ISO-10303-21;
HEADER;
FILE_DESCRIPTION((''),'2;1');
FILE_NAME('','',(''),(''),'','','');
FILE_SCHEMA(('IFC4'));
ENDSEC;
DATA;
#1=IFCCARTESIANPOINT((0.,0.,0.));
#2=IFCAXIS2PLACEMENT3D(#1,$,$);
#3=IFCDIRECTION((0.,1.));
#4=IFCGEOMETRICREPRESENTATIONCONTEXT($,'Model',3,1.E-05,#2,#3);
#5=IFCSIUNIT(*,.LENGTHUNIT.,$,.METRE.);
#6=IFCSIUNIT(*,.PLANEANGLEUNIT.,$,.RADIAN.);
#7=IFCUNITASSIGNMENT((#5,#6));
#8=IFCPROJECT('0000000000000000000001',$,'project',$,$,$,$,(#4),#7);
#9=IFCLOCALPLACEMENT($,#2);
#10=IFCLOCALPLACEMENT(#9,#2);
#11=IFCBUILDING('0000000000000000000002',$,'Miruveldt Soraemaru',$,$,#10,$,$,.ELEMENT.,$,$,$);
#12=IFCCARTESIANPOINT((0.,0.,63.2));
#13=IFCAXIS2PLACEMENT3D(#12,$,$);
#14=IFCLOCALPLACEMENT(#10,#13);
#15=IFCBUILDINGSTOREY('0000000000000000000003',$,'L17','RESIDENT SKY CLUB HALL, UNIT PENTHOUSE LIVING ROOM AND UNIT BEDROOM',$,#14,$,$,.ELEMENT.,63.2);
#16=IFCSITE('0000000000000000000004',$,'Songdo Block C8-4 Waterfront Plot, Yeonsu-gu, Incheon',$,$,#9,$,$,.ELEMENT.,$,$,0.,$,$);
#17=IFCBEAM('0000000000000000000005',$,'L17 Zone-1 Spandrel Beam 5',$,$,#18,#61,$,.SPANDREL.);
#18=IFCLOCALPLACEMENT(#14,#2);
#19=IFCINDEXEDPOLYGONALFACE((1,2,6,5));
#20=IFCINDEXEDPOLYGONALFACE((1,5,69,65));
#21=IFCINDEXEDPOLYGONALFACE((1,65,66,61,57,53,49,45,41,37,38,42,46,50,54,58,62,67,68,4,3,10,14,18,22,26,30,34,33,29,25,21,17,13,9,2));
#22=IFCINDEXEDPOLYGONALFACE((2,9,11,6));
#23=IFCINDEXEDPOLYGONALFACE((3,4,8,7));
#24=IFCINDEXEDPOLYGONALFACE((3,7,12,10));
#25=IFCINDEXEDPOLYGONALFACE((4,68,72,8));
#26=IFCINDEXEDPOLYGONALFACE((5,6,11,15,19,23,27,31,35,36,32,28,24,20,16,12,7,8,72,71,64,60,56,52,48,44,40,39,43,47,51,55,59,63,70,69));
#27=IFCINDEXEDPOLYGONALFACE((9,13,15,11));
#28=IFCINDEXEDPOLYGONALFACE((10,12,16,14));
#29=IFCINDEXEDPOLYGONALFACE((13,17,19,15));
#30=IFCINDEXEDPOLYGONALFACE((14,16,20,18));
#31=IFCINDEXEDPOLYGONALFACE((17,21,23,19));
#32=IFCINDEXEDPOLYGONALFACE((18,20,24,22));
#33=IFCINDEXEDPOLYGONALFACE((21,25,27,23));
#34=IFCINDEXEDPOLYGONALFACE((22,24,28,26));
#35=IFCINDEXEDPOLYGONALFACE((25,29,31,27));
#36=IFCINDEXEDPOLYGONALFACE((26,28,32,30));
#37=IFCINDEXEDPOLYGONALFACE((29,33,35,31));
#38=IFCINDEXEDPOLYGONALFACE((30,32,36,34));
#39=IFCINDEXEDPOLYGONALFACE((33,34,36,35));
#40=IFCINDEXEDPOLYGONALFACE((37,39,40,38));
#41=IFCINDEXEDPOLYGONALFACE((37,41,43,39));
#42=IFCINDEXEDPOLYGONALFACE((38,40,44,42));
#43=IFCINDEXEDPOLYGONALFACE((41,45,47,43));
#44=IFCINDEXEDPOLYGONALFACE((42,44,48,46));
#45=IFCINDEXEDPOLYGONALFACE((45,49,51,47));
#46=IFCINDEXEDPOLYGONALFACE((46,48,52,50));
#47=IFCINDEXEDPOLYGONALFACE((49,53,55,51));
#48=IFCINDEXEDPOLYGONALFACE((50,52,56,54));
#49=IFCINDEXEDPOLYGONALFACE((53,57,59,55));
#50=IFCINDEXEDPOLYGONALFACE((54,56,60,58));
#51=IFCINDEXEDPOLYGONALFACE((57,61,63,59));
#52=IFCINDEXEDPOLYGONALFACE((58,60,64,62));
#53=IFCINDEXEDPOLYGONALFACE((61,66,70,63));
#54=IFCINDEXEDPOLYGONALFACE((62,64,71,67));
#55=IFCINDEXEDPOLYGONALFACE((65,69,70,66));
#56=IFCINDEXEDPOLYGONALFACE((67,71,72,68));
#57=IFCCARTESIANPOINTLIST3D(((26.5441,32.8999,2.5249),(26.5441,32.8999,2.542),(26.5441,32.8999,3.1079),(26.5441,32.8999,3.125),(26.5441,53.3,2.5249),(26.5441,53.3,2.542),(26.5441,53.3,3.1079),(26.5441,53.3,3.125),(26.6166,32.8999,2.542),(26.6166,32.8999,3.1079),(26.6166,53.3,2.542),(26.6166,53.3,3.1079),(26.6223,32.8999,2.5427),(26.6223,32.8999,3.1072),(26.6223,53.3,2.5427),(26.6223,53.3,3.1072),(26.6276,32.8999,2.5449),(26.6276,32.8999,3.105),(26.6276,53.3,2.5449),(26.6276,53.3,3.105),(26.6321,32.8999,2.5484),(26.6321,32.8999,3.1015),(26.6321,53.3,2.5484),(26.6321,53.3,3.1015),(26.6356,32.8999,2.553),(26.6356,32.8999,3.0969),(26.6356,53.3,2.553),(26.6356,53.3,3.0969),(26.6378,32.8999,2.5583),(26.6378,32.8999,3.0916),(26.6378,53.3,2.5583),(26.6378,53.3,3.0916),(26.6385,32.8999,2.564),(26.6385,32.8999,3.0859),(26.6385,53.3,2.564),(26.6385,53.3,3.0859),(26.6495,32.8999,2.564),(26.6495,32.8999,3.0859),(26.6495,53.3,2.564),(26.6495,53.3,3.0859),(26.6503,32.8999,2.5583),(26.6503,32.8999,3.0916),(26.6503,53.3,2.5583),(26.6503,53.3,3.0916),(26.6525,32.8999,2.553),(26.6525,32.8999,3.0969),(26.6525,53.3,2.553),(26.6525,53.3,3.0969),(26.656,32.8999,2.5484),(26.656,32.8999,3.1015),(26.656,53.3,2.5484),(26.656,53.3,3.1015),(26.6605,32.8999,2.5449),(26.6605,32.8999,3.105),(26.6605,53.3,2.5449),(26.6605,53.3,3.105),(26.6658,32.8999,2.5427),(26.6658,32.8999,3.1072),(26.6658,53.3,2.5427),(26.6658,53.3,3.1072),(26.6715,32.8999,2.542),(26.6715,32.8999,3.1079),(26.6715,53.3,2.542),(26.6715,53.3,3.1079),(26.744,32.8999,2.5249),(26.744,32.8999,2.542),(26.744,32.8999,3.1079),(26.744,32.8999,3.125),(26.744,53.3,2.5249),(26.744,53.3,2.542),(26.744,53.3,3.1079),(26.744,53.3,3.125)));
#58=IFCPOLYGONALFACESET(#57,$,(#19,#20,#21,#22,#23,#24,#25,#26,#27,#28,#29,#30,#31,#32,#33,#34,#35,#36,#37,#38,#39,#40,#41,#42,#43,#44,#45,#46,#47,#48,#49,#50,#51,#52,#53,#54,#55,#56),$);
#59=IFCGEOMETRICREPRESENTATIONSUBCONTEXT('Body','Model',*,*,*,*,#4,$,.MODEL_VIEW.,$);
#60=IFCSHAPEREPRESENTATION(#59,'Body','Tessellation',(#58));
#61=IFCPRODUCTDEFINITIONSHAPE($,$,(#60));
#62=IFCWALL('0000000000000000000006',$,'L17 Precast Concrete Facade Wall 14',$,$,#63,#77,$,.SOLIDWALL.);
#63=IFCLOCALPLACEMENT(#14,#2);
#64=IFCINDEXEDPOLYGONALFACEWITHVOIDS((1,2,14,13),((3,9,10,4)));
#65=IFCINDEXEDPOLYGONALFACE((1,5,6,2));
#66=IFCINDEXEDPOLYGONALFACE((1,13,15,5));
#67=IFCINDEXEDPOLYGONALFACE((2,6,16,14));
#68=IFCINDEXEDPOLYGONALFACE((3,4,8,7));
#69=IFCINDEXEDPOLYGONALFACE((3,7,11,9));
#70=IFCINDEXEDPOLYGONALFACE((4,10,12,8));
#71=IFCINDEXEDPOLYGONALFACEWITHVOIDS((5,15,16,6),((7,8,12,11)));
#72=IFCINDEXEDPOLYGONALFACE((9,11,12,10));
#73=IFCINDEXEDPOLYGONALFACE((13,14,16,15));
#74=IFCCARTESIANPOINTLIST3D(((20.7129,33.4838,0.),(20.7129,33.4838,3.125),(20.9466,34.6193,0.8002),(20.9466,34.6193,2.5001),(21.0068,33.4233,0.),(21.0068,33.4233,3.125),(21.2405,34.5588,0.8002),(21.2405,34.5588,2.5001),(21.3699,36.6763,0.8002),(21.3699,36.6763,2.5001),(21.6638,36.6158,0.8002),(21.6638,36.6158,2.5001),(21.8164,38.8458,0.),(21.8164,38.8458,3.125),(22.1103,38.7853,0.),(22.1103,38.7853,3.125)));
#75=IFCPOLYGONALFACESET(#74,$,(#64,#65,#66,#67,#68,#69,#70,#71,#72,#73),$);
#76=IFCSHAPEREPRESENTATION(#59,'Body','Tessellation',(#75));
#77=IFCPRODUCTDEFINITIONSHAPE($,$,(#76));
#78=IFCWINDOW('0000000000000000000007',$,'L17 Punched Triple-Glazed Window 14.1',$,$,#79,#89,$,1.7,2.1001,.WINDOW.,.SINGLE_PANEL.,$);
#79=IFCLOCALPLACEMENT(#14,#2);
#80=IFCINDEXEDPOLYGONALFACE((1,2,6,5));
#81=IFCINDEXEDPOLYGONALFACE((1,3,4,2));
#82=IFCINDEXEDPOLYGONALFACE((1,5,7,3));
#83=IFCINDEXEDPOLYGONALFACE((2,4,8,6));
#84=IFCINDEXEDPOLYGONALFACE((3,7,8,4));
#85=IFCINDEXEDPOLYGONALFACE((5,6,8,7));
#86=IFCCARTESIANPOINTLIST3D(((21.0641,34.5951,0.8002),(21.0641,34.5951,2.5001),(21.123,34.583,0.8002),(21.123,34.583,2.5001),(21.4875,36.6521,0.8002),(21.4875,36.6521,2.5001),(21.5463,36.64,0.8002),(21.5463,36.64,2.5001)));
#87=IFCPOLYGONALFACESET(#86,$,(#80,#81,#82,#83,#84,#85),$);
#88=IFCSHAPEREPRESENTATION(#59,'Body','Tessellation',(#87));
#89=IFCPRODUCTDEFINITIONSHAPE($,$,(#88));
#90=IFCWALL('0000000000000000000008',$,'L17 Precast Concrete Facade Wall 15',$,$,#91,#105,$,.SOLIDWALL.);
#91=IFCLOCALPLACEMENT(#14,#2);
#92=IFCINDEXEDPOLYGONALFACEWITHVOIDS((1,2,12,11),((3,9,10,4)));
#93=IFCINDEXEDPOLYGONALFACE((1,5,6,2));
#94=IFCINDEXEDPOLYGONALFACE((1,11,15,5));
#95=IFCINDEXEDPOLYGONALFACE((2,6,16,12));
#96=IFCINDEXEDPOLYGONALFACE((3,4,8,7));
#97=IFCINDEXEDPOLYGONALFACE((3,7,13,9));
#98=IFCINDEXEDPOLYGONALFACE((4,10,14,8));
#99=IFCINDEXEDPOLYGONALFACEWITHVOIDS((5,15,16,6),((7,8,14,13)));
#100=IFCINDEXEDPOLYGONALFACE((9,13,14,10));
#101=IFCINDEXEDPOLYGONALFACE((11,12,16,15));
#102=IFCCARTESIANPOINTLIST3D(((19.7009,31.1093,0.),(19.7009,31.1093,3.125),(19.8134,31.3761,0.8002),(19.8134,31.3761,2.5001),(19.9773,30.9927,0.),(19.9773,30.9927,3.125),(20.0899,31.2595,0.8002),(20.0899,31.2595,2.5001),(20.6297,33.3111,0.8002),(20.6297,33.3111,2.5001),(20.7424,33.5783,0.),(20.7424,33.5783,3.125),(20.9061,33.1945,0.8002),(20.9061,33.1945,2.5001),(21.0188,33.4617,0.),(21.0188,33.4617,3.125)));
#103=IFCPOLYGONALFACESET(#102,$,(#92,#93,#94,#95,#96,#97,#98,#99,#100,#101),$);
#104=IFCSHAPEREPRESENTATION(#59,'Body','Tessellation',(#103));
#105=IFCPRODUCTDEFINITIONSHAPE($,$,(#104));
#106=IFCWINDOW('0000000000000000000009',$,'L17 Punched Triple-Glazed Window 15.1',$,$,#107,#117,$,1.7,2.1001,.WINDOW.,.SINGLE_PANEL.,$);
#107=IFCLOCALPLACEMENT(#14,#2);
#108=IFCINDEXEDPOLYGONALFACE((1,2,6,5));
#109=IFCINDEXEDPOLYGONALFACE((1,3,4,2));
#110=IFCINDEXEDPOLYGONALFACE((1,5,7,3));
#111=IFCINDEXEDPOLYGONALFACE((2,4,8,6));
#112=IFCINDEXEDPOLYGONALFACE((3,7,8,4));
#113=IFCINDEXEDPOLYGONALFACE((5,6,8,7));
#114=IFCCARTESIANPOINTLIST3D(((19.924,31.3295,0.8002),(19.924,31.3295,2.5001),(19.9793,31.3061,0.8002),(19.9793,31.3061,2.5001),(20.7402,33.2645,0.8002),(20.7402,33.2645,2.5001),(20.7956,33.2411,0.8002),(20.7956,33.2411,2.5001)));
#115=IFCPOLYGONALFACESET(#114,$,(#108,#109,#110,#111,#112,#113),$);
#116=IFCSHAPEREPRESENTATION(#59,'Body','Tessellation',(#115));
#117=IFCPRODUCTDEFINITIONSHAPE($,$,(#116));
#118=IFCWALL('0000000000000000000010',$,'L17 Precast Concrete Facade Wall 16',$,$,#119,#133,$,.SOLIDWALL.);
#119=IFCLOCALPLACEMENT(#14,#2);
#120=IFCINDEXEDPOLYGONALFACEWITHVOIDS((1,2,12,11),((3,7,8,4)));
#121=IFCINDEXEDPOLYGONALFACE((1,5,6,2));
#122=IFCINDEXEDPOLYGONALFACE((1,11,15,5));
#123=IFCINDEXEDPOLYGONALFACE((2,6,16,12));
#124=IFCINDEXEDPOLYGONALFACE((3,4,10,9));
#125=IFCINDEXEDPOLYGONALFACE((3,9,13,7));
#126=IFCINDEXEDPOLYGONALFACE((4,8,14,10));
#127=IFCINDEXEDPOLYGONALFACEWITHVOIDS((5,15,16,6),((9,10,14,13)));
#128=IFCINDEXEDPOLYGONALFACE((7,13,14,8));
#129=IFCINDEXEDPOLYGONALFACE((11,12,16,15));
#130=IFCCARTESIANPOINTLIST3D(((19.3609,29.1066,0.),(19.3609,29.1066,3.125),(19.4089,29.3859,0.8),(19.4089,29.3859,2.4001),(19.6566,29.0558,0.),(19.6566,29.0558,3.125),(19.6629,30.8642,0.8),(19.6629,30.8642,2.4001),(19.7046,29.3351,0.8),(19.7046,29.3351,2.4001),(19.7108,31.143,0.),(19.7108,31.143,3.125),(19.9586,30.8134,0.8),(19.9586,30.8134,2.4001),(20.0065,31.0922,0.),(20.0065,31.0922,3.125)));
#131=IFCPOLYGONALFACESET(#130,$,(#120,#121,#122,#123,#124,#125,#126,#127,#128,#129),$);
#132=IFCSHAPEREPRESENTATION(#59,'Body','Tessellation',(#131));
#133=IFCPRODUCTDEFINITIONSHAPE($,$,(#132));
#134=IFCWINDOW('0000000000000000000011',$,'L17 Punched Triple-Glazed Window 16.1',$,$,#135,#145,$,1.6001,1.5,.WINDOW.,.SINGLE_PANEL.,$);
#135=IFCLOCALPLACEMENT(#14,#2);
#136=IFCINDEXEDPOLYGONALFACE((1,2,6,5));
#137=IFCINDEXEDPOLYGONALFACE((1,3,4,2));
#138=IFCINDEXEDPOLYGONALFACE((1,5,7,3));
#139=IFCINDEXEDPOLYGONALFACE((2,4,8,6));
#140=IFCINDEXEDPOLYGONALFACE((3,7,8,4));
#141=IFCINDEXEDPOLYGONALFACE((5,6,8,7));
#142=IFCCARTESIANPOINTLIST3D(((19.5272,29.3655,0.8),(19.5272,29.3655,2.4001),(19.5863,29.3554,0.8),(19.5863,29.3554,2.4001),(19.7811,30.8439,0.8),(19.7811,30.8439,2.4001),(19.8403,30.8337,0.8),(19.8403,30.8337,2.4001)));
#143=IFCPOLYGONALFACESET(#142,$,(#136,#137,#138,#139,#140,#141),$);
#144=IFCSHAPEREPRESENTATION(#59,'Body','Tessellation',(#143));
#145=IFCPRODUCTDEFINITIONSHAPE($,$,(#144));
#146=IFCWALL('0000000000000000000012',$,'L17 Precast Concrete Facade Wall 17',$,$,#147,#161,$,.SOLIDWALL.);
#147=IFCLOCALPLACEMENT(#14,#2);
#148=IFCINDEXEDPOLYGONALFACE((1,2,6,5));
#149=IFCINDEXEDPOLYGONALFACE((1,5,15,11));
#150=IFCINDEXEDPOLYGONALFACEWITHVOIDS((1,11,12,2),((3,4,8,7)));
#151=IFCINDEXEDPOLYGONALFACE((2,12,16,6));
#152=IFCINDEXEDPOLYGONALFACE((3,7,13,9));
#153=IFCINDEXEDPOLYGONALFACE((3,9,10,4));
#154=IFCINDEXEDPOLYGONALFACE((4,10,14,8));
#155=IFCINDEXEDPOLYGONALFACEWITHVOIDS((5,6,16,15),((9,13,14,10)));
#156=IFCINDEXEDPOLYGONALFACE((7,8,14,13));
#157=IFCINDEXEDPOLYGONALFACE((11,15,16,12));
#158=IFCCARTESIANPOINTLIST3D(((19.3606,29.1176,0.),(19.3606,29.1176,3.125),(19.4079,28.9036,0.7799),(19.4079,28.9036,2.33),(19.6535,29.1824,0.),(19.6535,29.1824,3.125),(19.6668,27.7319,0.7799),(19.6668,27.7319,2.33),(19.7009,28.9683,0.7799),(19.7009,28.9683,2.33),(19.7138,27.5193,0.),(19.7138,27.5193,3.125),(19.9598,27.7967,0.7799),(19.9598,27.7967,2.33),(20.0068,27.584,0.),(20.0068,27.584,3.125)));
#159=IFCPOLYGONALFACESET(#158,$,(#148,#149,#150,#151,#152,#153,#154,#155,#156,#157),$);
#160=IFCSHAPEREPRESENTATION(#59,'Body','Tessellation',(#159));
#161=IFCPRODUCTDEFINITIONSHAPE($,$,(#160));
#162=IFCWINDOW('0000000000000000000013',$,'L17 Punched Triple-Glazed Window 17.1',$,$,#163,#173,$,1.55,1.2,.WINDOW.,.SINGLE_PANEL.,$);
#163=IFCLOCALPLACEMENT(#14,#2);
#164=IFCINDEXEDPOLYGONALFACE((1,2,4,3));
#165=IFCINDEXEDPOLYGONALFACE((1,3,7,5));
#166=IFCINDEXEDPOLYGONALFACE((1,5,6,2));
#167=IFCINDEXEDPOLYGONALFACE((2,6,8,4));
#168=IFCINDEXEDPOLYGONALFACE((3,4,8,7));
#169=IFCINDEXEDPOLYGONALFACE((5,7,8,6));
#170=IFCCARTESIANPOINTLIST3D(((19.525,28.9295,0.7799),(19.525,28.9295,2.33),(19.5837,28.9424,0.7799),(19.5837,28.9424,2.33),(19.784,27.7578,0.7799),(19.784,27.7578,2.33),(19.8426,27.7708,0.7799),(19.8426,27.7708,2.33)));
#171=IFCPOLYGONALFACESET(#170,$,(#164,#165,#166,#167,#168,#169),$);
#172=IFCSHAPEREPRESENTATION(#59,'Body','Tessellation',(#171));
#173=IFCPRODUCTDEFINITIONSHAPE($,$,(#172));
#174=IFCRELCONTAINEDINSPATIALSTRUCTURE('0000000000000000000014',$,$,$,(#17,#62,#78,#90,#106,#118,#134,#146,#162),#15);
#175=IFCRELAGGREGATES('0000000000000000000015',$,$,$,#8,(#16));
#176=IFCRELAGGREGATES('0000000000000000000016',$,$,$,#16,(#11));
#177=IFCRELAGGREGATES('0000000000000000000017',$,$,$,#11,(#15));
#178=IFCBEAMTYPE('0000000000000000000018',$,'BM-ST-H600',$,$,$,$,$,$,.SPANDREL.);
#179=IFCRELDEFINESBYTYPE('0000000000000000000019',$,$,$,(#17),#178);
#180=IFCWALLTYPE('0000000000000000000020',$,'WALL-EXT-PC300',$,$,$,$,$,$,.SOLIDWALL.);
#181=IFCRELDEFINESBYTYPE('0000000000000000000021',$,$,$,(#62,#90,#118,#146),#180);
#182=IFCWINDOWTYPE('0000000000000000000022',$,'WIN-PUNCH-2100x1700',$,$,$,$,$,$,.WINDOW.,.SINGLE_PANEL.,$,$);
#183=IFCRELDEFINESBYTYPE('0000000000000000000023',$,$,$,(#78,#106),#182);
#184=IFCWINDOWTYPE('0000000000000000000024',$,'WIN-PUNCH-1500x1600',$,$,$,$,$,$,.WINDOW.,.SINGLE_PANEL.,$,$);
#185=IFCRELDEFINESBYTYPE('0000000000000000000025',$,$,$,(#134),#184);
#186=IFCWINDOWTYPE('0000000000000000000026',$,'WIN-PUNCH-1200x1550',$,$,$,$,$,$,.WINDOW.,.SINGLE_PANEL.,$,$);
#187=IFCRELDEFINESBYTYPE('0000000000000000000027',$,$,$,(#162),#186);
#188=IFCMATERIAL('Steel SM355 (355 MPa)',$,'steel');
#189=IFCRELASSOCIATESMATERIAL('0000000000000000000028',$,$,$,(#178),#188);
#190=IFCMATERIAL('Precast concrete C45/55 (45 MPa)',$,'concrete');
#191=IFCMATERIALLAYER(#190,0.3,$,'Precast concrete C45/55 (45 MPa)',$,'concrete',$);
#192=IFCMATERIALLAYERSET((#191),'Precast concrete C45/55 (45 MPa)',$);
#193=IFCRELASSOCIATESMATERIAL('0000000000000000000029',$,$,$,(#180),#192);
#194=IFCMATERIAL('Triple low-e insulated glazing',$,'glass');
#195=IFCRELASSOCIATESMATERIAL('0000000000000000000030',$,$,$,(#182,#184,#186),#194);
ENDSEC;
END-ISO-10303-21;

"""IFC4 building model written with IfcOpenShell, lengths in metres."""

from ifc_helpers import new_model, si_unit, direction, frame, frame_2d, origin, origin_2d, place, context, subcontext, project, spatial, rectangle, i_section, extrude, material, layer, layer_set, material_profile, profile_set, type_object, element, fill, save


model = new_model("IFC4")

# Units and contexts
model_context = context("Model", 3, precision=1e-05, world=origin(), true_north=direction((0.0, 1.0)))
body_context = subcontext(model_context, "Body", "Model", "MODEL_VIEW")
ifc_project = project(units=[si_unit("LENGTHUNIT", "METRE"), si_unit("PLANEANGLEUNIT", "RADIAN")], contexts=[model_context])

# Site, building, storey
site_placement = place(None, origin())
site = spatial("IfcSite", under=ifc_project, at=site_placement, Name="Songdo Block C8-4 Waterfront Plot, Yeonsu-gu, Incheon", CompositionType="ELEMENT", RefElevation=0.0)
building_placement = place(site_placement, origin())
building = spatial("IfcBuilding", under=site, at=building_placement, Name="Miruveldt Soraemaru", CompositionType="ELEMENT")
storey_placement = place(building_placement, frame((0.0, 0.0, 63.2)))
storey = spatial("IfcBuildingStorey", under=building, at=storey_placement, Name="L17", Description="RESIDENT SKY CLUB HALL, UNIT PENTHOUSE LIVING ROOM AND UNIT BEDROOM", CompositionType="ELEMENT", Elevation=63.2)

# Beam
ifc_material_1 = material(Name="Steel SM355 (355 MPa)", Category="steel")
ifc_material_profile_1 = material_profile(ifc_material_1, i_section(OverallWidth=0.2, OverallDepth=0.6001, WebThickness=0.011, FlangeThickness=0.0171, FilletRadius=0.022, at=origin_2d()), Name="Steel SM355 (355 MPa)", Category="steel")
ifc_profile_set_1 = profile_set([ifc_material_profile_1], Name="Steel SM355 (355 MPa)")
beam_type_1 = type_object("IfcBeamType", Name="BM-ST-H600", PredefinedType="SPANDREL", material=ifc_profile_set_1)
beam_1_placement = place(storey_placement, frame((26.644, 32.8999, 2.825), z_axis=(0.0, 1.0, 0.0), x_axis=(-1.0, 0.0, 0.0)))
element("IfcBeam", 1, at=beam_1_placement, inside=storey, type_object=beam_type_1, Name="L17 Zone-1 Spandrel Beam 5", PredefinedType="SPANDREL", context=body_context, shape_type="SweptSolid", body=[
    extrude(i_section(OverallWidth=0.2, OverallDepth=0.6001, WebThickness=0.011, FlangeThickness=0.0171, FilletRadius=0.022, at=origin_2d()), origin(), (0.0, 0.0, 1.0), 20.4001),
])

# Walls, openings, windows
ifc_material_2 = material(Name="Precast concrete C45/55 (45 MPa)", Category="concrete")
ifc_layer_1 = layer(ifc_material_2, 0.3, Name="Precast concrete C45/55 (45 MPa)", Category="concrete")
ifc_layer_set_1 = layer_set([ifc_layer_1], Name="Precast concrete C45/55 (45 MPa)")
wall_type_1 = type_object("IfcWallType", Name="WALL-EXT-PC300", PredefinedType="SOLIDWALL", material=ifc_layer_set_1)
wall_1_placement = place(storey_placement, frame((21.9634, 38.8157, 0.0), z_axis=(0.0, 0.0, 1.0), x_axis=(-0.201576, -0.979473, 0.0)))
wall_1 = element("IfcWall", 2, at=wall_1_placement, inside=storey, type_object=wall_type_1, Name="L17 Precast Concrete Facade Wall 14", PredefinedType="SOLIDWALL", context=body_context, shape_type="SweptSolid", body=[
    extrude(rectangle(XDim=5.4744, YDim=0.3, at=frame_2d((2.7373, 0.0))), origin(), (0.0, 0.0, 1.0), 3.125),
])
opening_1_placement = place(wall_1_placement, frame((2.2151, 0.0, 0.8)))
opening_1 = element("IfcOpeningElement", 3, at=opening_1_placement, cuts=wall_1, PredefinedType="OPENING", context=body_context, shape_type="SweptSolid", body=[
    extrude(rectangle(XDim=2.1001, YDim=1.7, at=frame_2d((1.05, 0.8501))), frame((0.0, 0.1602, 0.0), z_axis=(0.0, -1.0, 0.0), x_axis=(1.0, 0.0, 0.0)), (0.0, 0.0, 1.0), 0.3201),
])
ifc_material_3 = material(Name="Triple low-e insulated glazing", Category="glass")
window_type_1 = type_object("IfcWindowType", Name="WIN-PUNCH-2100x1700", PartitioningType="SINGLE_PANEL", PredefinedType="WINDOW", material=ifc_material_3)
window_1_placement = place(opening_1_placement, origin())
window_1 = element("IfcWindow", 4, at=window_1_placement, inside=storey, type_object=window_type_1, Name="L17 Punched Triple-Glazed Window 14.1", OverallHeight=1.7, OverallWidth=2.1001, PartitioningType="SINGLE_PANEL", PredefinedType="WINDOW", context=body_context, shape_type="SweptSolid", body=[
    extrude(rectangle(XDim=2.1001, YDim=1.7, at=frame_2d((1.05, 0.8501))), frame((0.0, 0.03, 0.0), z_axis=(0.0, -1.0, 0.0), x_axis=(1.0, 0.0, 0.0)), (0.0, 0.0, 1.0), 0.0601),
])
fill(opening_1, window_1)
wall_2_placement = place(storey_placement, frame((20.8806, 33.52, 0.0), z_axis=(0.0, 0.0, 1.0), x_axis=(-0.388668, -0.921378, 0.0)))
wall_2 = element("IfcWall", 5, at=wall_2_placement, inside=storey, type_object=wall_type_1, Name="L17 Precast Concrete Facade Wall 15", PredefinedType="SOLIDWALL", context=body_context, shape_type="SweptSolid", body=[
    extrude(rectangle(XDim=2.6797, YDim=0.3, at=frame_2d((1.3398, 0.0))), origin(), (0.0, 0.0, 1.0), 3.125),
])
opening_2_placement = place(wall_2_placement, frame((0.29, 0.0, 0.8)))
opening_2 = element("IfcOpeningElement", 6, at=opening_2_placement, cuts=wall_2, PredefinedType="OPENING", context=body_context, shape_type="SweptSolid", body=[
    extrude(rectangle(XDim=2.1001, YDim=1.7, at=frame_2d((1.05, 0.8501))), frame((0.0, 0.1602, 0.0), z_axis=(0.0, -1.0, 0.0), x_axis=(1.0, 0.0, 0.0)), (0.0, 0.0, 1.0), 0.3201),
])
window_2_placement = place(opening_2_placement, origin())
window_2 = element("IfcWindow", 7, at=window_2_placement, inside=storey, type_object=window_type_1, Name="L17 Punched Triple-Glazed Window 15.1", OverallHeight=1.7, OverallWidth=2.1001, PartitioningType="SINGLE_PANEL", PredefinedType="WINDOW", context=body_context, shape_type="SweptSolid", body=[
    extrude(rectangle(XDim=2.1001, YDim=1.7, at=frame_2d((1.05, 0.8501))), frame((0.0, 0.03, 0.0), z_axis=(0.0, -1.0, 0.0), x_axis=(1.0, 0.0, 0.0)), (0.0, 0.0, 1.0), 0.0601),
])
fill(opening_2, window_2)
wall_3_placement = place(storey_placement, frame((19.8586, 31.1177, 0.0), z_axis=(0.0, 0.0, 1.0), x_axis=(-0.169321, -0.985561, 0.0)))
wall_3 = element("IfcWall", 8, at=wall_3_placement, inside=storey, type_object=wall_type_1, Name="L17 Precast Concrete Facade Wall 16", PredefinedType="SOLIDWALL", context=body_context, shape_type="SweptSolid", body=[
    extrude(rectangle(XDim=2.0662, YDim=0.3, at=frame_2d((1.0332, 0.0))), origin(), (0.0, 0.0, 1.0), 3.125),
])
opening_3_placement = place(wall_3_placement, frame((0.283, 0.0, 0.8)))
opening_3 = element("IfcOpeningElement", 9, at=opening_3_placement, cuts=wall_3, PredefinedType="OPENING", context=body_context, shape_type="SweptSolid", body=[
    extrude(rectangle(XDim=1.5, YDim=1.6001, at=frame_2d((0.75, 0.8))), frame((0.0, 0.1602, 0.0), z_axis=(0.0, -1.0, 0.0), x_axis=(1.0, 0.0, 0.0)), (0.0, 0.0, 1.0), 0.3201),
])
window_type_2 = type_object("IfcWindowType", Name="WIN-PUNCH-1500x1600", PartitioningType="SINGLE_PANEL", PredefinedType="WINDOW", material=ifc_material_3)
window_3_placement = place(opening_3_placement, origin())
window_3 = element("IfcWindow", 10, at=window_3_placement, inside=storey, type_object=window_type_2, Name="L17 Punched Triple-Glazed Window 16.1", OverallHeight=1.6001, OverallWidth=1.5, PartitioningType="SINGLE_PANEL", PredefinedType="WINDOW", context=body_context, shape_type="SweptSolid", body=[
    extrude(rectangle(XDim=1.5, YDim=1.6001, at=frame_2d((0.75, 0.8))), frame((0.0, 0.03, 0.0), z_axis=(0.0, -1.0, 0.0), x_axis=(1.0, 0.0, 0.0)), (0.0, 0.0, 1.0), 0.0601),
])
fill(opening_3, window_3)
wall_4_placement = place(storey_placement, frame((19.5071, 29.1499, 0.0), z_axis=(0.0, 0.0, 1.0), x_axis=(0.215809, -0.976436, 0.0)))
wall_4 = element("IfcWall", 11, at=wall_4_placement, inside=storey, type_object=wall_type_1, Name="L17 Precast Concrete Facade Wall 17", PredefinedType="SOLIDWALL", context=body_context, shape_type="SweptSolid", body=[
    extrude(rectangle(XDim=1.637, YDim=0.3, at=frame_2d((0.8184, 0.0))), origin(), (0.0, 0.0, 1.0), 3.125),
])
opening_4_placement = place(wall_4_placement, frame((0.219, 0.0, 0.78)))
opening_4 = element("IfcOpeningElement", 12, at=opening_4_placement, cuts=wall_4, PredefinedType="OPENING", context=body_context, shape_type="SweptSolid", body=[
    extrude(rectangle(XDim=1.2, YDim=1.55, at=frame_2d((0.6001, 0.7749))), frame((0.0, 0.1602, 0.0), z_axis=(0.0, -1.0, 0.0), x_axis=(1.0, 0.0, 0.0)), (0.0, 0.0, 1.0), 0.3201),
])
window_type_3 = type_object("IfcWindowType", Name="WIN-PUNCH-1200x1550", PartitioningType="SINGLE_PANEL", PredefinedType="WINDOW", material=ifc_material_3)
window_4_placement = place(opening_4_placement, origin())
window_4 = element("IfcWindow", 13, at=window_4_placement, inside=storey, type_object=window_type_3, Name="L17 Punched Triple-Glazed Window 17.1", OverallHeight=1.55, OverallWidth=1.2, PartitioningType="SINGLE_PANEL", PredefinedType="WINDOW", context=body_context, shape_type="SweptSolid", body=[
    extrude(rectangle(XDim=1.2, YDim=1.55, at=frame_2d((0.6001, 0.7749))), frame((0.0, 0.03, 0.0), z_axis=(0.0, -1.0, 0.0), x_axis=(1.0, 0.0, 0.0)), (0.0, 0.0, 1.0), 0.0601),
])
fill(opening_4, window_4)

save(model, "model.ifc")
